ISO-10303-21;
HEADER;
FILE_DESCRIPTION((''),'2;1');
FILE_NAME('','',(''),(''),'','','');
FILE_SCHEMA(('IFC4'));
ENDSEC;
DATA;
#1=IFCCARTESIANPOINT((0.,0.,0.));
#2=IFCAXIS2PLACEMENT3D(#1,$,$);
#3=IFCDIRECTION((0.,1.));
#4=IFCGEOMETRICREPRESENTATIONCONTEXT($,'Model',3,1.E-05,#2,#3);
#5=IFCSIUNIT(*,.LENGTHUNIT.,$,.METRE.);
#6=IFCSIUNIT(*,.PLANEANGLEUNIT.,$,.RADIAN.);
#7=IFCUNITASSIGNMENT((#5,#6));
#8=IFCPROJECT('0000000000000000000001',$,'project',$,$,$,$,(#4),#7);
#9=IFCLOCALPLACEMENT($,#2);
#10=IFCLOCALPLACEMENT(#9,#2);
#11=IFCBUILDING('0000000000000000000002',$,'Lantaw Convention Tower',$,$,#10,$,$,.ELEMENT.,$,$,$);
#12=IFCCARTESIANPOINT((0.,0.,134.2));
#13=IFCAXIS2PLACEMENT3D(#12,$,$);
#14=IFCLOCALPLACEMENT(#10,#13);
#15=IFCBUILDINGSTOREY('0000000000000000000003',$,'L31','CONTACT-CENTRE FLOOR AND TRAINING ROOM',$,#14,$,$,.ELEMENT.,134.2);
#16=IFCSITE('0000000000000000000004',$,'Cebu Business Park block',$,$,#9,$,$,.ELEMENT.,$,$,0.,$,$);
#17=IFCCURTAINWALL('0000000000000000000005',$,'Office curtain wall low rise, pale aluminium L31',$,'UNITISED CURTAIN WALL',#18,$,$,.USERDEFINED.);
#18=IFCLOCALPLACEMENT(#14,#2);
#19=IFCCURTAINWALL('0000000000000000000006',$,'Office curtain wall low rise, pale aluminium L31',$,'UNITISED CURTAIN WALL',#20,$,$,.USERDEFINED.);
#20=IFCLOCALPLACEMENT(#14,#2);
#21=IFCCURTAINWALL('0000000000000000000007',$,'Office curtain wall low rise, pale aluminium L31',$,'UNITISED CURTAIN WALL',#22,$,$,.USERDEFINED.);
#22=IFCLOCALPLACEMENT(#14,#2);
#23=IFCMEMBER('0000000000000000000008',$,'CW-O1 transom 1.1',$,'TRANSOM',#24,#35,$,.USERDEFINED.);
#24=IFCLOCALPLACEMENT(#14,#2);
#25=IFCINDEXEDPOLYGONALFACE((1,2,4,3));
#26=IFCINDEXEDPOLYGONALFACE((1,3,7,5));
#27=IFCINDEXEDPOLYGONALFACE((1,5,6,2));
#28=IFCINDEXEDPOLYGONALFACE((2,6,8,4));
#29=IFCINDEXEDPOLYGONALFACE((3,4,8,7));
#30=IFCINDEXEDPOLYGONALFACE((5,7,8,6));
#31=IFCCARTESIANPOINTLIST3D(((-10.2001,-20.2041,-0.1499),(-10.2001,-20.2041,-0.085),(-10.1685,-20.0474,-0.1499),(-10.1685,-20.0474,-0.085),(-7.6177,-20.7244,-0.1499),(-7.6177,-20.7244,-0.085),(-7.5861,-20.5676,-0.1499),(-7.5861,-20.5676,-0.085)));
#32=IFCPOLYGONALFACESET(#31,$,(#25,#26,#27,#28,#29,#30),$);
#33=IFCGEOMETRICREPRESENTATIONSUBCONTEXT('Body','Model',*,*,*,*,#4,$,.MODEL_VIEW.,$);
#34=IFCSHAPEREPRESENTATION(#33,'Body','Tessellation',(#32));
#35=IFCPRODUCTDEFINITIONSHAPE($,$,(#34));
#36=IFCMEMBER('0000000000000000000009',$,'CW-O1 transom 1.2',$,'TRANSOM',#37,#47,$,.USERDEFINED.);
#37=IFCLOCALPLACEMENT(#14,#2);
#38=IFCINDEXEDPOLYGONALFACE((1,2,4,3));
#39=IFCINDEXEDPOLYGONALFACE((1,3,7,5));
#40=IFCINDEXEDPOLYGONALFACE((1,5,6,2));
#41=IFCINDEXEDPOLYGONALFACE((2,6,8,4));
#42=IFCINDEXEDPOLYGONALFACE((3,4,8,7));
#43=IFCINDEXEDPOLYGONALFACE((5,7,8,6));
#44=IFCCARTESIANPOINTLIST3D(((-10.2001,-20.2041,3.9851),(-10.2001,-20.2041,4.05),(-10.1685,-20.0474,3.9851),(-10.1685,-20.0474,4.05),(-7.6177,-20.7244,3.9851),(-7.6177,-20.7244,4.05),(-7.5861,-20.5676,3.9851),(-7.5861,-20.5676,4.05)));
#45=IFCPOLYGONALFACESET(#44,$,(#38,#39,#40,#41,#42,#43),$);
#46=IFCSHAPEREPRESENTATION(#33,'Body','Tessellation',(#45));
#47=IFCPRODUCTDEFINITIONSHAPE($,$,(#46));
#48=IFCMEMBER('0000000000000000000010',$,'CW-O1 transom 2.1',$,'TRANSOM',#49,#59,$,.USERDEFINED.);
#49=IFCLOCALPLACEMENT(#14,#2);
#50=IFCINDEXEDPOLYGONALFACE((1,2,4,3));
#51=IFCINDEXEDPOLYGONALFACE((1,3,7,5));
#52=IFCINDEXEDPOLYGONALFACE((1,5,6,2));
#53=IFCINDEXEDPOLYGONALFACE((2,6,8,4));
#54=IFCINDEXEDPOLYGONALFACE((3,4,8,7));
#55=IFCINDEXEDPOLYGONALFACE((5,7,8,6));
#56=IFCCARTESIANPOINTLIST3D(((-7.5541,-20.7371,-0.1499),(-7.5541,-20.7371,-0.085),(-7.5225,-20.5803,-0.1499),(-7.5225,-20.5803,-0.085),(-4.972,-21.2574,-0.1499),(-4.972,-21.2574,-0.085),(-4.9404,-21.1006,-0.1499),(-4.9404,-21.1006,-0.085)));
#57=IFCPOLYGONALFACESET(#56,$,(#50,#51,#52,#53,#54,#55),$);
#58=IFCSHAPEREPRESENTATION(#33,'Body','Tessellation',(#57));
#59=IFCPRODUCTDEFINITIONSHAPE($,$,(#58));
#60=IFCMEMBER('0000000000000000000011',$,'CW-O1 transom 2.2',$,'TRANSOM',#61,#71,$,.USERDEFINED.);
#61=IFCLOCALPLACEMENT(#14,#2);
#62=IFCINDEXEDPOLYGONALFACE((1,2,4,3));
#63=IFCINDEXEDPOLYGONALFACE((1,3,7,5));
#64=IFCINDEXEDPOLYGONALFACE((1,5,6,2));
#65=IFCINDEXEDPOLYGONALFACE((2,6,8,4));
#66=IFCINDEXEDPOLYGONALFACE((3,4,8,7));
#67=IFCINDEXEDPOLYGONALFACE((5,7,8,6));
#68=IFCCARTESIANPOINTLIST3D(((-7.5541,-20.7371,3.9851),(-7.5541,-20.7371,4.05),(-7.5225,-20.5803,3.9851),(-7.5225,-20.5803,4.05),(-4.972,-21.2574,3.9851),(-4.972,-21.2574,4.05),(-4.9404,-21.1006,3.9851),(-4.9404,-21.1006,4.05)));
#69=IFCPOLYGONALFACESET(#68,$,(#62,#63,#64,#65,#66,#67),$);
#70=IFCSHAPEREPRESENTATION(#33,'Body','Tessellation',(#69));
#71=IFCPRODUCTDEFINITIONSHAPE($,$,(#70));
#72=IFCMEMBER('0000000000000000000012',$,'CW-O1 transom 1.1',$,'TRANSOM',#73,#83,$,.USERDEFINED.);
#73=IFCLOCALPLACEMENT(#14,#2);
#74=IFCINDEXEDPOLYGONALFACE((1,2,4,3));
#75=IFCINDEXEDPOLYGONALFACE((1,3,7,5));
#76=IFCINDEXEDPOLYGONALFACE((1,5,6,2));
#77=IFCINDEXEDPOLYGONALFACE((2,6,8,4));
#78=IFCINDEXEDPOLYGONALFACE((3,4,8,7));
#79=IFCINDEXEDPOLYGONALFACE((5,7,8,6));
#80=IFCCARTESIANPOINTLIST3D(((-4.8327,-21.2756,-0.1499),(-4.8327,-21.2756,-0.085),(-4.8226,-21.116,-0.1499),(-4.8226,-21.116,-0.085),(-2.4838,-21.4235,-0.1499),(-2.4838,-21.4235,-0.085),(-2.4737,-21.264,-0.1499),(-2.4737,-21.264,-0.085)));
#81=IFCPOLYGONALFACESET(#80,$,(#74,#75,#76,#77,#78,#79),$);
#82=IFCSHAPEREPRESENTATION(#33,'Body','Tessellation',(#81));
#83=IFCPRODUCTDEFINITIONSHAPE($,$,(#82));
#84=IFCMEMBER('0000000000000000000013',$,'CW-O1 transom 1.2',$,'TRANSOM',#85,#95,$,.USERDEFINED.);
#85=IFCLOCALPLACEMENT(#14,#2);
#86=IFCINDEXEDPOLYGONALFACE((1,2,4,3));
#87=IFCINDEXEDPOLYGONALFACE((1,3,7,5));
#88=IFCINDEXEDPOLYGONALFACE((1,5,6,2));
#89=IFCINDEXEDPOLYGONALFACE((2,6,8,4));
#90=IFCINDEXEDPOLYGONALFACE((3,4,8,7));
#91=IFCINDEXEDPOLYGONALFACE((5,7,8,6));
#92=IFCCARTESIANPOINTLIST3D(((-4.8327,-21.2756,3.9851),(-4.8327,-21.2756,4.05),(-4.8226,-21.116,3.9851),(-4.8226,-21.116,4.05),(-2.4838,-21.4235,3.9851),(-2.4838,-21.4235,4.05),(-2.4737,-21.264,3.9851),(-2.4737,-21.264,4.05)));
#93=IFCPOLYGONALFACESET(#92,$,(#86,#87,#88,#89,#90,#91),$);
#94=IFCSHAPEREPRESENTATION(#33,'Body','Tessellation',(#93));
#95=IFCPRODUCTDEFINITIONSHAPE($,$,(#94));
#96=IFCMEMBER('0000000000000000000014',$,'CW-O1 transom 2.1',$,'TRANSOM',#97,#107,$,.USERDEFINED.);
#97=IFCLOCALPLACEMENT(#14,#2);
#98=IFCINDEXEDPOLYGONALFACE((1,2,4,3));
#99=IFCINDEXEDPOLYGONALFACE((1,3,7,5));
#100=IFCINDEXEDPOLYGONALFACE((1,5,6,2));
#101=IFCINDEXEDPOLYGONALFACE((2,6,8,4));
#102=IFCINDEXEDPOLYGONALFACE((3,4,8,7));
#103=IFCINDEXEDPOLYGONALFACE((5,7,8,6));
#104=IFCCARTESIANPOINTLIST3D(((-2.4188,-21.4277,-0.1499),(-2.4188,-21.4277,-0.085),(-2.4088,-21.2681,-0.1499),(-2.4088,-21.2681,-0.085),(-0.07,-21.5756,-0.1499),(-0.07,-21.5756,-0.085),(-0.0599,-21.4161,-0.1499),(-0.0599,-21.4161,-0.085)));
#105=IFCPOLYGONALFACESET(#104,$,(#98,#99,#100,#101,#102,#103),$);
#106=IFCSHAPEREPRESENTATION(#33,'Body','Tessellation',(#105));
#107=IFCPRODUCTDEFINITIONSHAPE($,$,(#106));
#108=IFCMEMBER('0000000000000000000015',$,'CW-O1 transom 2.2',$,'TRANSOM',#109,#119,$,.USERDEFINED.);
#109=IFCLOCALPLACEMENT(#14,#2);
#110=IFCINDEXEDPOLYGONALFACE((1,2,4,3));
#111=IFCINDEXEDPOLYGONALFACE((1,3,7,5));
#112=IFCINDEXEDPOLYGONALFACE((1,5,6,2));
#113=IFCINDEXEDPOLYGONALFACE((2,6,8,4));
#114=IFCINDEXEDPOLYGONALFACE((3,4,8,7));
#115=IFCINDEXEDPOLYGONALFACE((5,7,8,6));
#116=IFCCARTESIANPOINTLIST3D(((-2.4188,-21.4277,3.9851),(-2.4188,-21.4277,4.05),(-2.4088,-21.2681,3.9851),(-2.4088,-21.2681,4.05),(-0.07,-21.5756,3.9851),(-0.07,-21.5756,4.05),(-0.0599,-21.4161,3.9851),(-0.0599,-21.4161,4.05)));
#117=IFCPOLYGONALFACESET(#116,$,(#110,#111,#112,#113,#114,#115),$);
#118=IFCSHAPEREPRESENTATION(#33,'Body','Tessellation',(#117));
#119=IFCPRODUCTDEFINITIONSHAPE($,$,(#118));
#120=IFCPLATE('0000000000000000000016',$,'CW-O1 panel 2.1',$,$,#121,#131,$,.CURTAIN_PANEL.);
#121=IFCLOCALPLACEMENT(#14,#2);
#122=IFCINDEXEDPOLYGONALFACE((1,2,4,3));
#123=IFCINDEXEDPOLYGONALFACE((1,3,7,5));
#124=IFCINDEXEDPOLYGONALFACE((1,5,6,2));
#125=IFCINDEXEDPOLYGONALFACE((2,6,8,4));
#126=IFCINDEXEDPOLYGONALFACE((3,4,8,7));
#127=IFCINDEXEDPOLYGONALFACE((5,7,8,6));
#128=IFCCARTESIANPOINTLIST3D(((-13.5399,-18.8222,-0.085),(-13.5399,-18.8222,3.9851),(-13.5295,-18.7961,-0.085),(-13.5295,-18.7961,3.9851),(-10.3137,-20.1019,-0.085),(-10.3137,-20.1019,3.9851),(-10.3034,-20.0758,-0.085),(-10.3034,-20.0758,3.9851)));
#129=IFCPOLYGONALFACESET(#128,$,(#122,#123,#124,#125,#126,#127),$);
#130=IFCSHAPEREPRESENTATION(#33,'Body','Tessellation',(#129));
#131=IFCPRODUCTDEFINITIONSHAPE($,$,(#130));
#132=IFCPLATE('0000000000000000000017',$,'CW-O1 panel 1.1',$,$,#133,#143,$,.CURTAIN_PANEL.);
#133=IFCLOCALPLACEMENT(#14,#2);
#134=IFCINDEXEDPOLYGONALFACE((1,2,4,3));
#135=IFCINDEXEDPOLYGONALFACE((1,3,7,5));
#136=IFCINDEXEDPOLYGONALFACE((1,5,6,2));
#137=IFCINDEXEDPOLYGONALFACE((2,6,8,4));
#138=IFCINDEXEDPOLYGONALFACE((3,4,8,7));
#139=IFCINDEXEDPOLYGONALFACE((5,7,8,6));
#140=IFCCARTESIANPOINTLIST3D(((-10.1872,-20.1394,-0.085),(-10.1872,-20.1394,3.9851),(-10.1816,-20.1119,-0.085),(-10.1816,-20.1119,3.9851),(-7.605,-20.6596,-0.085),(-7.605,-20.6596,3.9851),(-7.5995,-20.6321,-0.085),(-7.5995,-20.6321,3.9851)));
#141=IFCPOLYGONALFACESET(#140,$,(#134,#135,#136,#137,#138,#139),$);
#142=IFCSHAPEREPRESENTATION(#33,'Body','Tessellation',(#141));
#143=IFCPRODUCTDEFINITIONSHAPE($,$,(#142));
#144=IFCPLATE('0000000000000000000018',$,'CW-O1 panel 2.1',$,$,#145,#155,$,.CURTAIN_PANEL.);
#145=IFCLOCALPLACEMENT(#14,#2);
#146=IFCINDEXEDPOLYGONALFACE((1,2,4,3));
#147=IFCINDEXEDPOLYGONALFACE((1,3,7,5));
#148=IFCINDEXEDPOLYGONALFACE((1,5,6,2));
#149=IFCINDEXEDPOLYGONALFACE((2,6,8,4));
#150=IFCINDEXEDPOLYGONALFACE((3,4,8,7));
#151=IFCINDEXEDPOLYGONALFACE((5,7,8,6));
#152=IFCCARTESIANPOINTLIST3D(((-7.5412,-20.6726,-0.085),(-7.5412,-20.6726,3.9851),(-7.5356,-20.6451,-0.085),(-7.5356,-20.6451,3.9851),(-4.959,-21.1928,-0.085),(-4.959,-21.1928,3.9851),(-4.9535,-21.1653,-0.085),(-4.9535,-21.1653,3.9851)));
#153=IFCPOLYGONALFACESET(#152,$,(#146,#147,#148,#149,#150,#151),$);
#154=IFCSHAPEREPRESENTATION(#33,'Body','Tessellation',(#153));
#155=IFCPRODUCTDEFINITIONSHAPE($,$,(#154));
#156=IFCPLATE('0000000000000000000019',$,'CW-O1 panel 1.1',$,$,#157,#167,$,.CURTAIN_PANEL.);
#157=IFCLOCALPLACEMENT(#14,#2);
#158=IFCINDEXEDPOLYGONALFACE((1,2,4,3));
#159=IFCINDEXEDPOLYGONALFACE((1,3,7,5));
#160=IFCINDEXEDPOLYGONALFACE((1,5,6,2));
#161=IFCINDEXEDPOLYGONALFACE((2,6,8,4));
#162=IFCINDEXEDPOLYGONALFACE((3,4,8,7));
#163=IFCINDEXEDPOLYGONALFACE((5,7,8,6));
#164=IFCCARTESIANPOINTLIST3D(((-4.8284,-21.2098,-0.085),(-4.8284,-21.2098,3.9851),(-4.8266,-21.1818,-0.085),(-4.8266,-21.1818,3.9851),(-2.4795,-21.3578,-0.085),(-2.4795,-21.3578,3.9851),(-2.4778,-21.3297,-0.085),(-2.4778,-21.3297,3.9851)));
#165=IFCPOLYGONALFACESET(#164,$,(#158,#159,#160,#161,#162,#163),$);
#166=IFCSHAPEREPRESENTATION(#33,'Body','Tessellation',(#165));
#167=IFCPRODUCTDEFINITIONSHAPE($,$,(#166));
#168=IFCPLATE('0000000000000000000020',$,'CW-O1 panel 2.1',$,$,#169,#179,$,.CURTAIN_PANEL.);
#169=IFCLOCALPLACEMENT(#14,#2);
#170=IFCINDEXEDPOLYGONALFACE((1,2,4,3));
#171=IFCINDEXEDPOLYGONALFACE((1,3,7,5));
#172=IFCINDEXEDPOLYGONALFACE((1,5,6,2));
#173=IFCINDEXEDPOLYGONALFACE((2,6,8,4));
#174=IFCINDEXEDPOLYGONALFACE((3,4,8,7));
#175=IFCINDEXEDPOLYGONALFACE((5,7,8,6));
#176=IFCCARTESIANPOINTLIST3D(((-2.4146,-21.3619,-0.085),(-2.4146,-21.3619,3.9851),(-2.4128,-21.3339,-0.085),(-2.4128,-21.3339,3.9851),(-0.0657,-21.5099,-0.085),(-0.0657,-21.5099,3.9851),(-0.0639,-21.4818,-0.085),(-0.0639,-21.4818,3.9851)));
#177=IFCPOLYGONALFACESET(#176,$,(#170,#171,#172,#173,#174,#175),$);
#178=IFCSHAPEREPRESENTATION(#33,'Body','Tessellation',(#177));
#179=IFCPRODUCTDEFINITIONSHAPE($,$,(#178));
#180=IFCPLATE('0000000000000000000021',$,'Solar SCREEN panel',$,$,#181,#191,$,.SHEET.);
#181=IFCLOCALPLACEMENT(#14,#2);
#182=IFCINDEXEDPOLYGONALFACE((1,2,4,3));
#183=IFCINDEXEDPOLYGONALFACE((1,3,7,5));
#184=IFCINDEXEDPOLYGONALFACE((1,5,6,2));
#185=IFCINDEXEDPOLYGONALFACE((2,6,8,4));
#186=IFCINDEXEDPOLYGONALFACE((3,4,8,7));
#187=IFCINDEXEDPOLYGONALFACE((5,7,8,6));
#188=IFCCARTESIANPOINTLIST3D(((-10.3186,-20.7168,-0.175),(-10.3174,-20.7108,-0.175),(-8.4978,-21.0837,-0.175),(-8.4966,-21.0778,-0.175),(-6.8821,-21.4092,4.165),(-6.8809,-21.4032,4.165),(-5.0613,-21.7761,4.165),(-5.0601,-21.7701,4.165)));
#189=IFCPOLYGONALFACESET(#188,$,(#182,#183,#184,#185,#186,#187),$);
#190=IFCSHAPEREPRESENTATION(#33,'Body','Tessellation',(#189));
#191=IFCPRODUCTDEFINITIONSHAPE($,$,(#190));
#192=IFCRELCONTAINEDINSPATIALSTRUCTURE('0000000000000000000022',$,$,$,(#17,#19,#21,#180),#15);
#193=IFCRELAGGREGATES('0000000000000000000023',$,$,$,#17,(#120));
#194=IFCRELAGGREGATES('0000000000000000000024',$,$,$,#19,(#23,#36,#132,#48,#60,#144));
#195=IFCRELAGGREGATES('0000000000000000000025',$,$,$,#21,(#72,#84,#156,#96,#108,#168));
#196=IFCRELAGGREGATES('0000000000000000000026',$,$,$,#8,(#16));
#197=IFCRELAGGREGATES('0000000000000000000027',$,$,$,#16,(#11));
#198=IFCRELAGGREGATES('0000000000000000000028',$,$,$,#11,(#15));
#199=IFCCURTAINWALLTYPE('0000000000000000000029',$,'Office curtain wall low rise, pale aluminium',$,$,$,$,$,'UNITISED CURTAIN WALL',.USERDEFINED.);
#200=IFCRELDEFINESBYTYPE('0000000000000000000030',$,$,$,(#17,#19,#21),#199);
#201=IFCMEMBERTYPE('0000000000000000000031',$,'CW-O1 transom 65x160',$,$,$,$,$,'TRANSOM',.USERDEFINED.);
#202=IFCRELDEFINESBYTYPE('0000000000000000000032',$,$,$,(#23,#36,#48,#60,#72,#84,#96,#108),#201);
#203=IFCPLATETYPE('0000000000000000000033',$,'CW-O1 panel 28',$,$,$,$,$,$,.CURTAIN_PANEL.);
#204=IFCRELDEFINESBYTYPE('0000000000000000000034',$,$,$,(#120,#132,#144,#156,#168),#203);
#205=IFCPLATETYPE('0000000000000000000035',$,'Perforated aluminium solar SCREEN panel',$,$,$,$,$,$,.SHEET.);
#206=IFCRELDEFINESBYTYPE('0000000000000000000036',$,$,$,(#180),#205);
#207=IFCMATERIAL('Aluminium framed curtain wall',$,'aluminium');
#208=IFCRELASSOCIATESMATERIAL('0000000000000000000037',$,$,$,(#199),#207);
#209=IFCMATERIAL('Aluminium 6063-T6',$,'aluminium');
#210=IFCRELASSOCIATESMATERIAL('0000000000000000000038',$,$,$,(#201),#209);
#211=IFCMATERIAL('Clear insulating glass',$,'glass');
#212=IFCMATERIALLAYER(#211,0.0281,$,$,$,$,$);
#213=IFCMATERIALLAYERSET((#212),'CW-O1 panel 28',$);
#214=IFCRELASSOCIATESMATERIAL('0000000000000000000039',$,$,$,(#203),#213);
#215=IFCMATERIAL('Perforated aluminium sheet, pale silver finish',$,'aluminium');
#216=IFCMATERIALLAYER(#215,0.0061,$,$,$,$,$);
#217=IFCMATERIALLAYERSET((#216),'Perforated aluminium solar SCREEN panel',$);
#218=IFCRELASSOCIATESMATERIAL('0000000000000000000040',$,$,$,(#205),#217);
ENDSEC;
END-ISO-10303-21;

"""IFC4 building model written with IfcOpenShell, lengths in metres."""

from ifc_helpers import new_model, si_unit, direction, frame, origin, origin_2d, place, context, subcontext, project, spatial, polyline, rectangle, outline, extrude, material, layer, layer_set, material_profile, profile_set, type_object, element, aggregate, save


model = new_model("IFC4")

# Units and contexts
model_context = context("Model", 3, precision=1e-05, world=origin(), true_north=direction((0.0, 1.0)))
body_context = subcontext(model_context, "Body", "Model", "MODEL_VIEW")
ifc_project = project(units=[si_unit("LENGTHUNIT", "METRE"), si_unit("PLANEANGLEUNIT", "RADIAN")], contexts=[model_context])

# Site, building, storey
site_placement = place(None, origin())
site = spatial("IfcSite", under=ifc_project, at=site_placement, Name="Cebu Business Park block", CompositionType="ELEMENT", RefElevation=0.0)
building_placement = place(site_placement, origin())
building = spatial("IfcBuilding", under=site, at=building_placement, Name="Lantaw Convention Tower", CompositionType="ELEMENT")
storey_placement = place(building_placement, frame((0.0, 0.0, 134.2)))
storey = spatial("IfcBuildingStorey", under=building, at=storey_placement, Name="L31", Description="CONTACT-CENTRE FLOOR AND TRAINING ROOM", CompositionType="ELEMENT", Elevation=134.2)

# Curtain wall
ifc_material_1 = material(Name="Aluminium framed curtain wall", Category="aluminium")
curtain_wall_type = type_object("IfcCurtainWallType", Name="Office curtain wall low rise, pale aluminium", ElementType="UNITISED CURTAIN WALL", PredefinedType="USERDEFINED", material=ifc_material_1)
curtain_wall_1_placement = place(storey_placement, origin())
curtain_wall_1 = element("IfcCurtainWall", 1, at=curtain_wall_1_placement, inside=storey, type_object=curtain_wall_type, Name="Office curtain wall low rise, pale aluminium L31", ObjectType="UNITISED CURTAIN WALL", PredefinedType="USERDEFINED")
ifc_material_2 = material(Name="Aluminium 6063-T6", Category="aluminium")

# Curtain walls
curtain_wall_2_placement = place(storey_placement, origin())
curtain_wall_2 = element("IfcCurtainWall", 2, at=curtain_wall_2_placement, inside=storey, type_object=curtain_wall_type, Name="Office curtain wall low rise, pale aluminium L31", ObjectType="UNITISED CURTAIN WALL", PredefinedType="USERDEFINED")
curtain_wall_3_placement = place(storey_placement, origin())
curtain_wall_3 = element("IfcCurtainWall", 3, at=curtain_wall_3_placement, inside=storey, type_object=curtain_wall_type, Name="Office curtain wall low rise, pale aluminium L31", ObjectType="UNITISED CURTAIN WALL", PredefinedType="USERDEFINED")

# Members
ifc_material_profile_1 = material_profile(ifc_material_2, rectangle(XDim=0.1599, YDim=0.0649, at=origin_2d()), Name="CW-O1 transom 65x160")
ifc_profile_set_1 = profile_set([ifc_material_profile_1], Name="Aluminium 6063-T6")
member_type_1 = type_object("IfcMemberType", Name="CW-O1 transom 65x160", ElementType="TRANSOM", PredefinedType="USERDEFINED", material=ifc_profile_set_1)
member_1_placement = place(storey_placement, frame((-10.1843, -20.1257, -0.1174), z_axis=(0.980302, -0.197506, 0.0), x_axis=(0.197506, 0.980302, 0.0)))
member_1 = element("IfcMember", 4, at=member_1_placement, type_object=member_type_1, Name="CW-O1 transom 1.1", ObjectType="TRANSOM", PredefinedType="USERDEFINED", context=body_context, shape_type="SweptSolid", body=[
    extrude(rectangle(XDim=0.1599, YDim=0.0649, at=origin_2d()), origin(), (0.0, 0.0, 1.0), 2.6343),
])
member_2_placement = place(storey_placement, frame((-10.1843, -20.1257, 4.0176), z_axis=(0.980302, -0.197506, 0.0), x_axis=(0.197506, 0.980302, 0.0)))
member_2 = element("IfcMember", 5, at=member_2_placement, type_object=member_type_1, Name="CW-O1 transom 1.2", ObjectType="TRANSOM", PredefinedType="USERDEFINED", context=body_context, shape_type="SweptSolid", body=[
    extrude(rectangle(XDim=0.1599, YDim=0.0649, at=origin_2d()), origin(), (0.0, 0.0, 1.0), 2.6343),
])
member_3_placement = place(storey_placement, frame((-7.5383, -20.6587, -0.1174), z_axis=(0.980298, -0.197524, 0.0), x_axis=(0.197524, 0.980298, 0.0)))
member_3 = element("IfcMember", 6, at=member_3_placement, type_object=member_type_1, Name="CW-O1 transom 2.1", ObjectType="TRANSOM", PredefinedType="USERDEFINED", context=body_context, shape_type="SweptSolid", body=[
    extrude(rectangle(XDim=0.1599, YDim=0.0649, at=origin_2d()), origin(), (0.0, 0.0, 1.0), 2.634),
])
member_4_placement = place(storey_placement, frame((-7.5383, -20.6587, 4.0176), z_axis=(0.980298, -0.197524, 0.0), x_axis=(0.197524, 0.980298, 0.0)))
member_4 = element("IfcMember", 7, at=member_4_placement, type_object=member_type_1, Name="CW-O1 transom 2.2", ObjectType="TRANSOM", PredefinedType="USERDEFINED", context=body_context, shape_type="SweptSolid", body=[
    extrude(rectangle(XDim=0.1599, YDim=0.0649, at=origin_2d()), origin(), (0.0, 0.0, 1.0), 2.634),
])
member_5_placement = place(storey_placement, frame((-4.8276, -21.1958, -0.1174), z_axis=(0.998022, -0.062863, 0.0), x_axis=(0.062863, 0.998022, 0.0)))
member_5 = element("IfcMember", 8, at=member_5_placement, type_object=member_type_1, Name="CW-O1 transom 1.1", ObjectType="TRANSOM", PredefinedType="USERDEFINED", context=body_context, shape_type="SweptSolid", body=[
    extrude(rectangle(XDim=0.1599, YDim=0.0649, at=origin_2d()), origin(), (0.0, 0.0, 1.0), 2.3535),
])
member_6_placement = place(storey_placement, frame((-4.8276, -21.1958, 4.0176), z_axis=(0.998022, -0.062863, 0.0), x_axis=(0.062863, 0.998022, 0.0)))
member_6 = element("IfcMember", 9, at=member_6_placement, type_object=member_type_1, Name="CW-O1 transom 1.2", ObjectType="TRANSOM", PredefinedType="USERDEFINED", context=body_context, shape_type="SweptSolid", body=[
    extrude(rectangle(XDim=0.1599, YDim=0.0649, at=origin_2d()), origin(), (0.0, 0.0, 1.0), 2.3535),
])
member_7_placement = place(storey_placement, frame((-2.4138, -21.3479, -0.1174), z_axis=(0.998022, -0.062863, 0.0), x_axis=(0.062863, 0.998022, 0.0)))
member_7 = element("IfcMember", 10, at=member_7_placement, type_object=member_type_1, Name="CW-O1 transom 2.1", ObjectType="TRANSOM", PredefinedType="USERDEFINED", context=body_context, shape_type="SweptSolid", body=[
    extrude(rectangle(XDim=0.1599, YDim=0.0649, at=origin_2d()), origin(), (0.0, 0.0, 1.0), 2.3535),
])
member_8_placement = place(storey_placement, frame((-2.4138, -21.3479, 4.0176), z_axis=(0.998022, -0.062863, 0.0), x_axis=(0.062863, 0.998022, 0.0)))
member_8 = element("IfcMember", 11, at=member_8_placement, type_object=member_type_1, Name="CW-O1 transom 2.2", ObjectType="TRANSOM", PredefinedType="USERDEFINED", context=body_context, shape_type="SweptSolid", body=[
    extrude(rectangle(XDim=0.1599, YDim=0.0649, at=origin_2d()), origin(), (0.0, 0.0, 1.0), 2.3535),
])

# Plates
ifc_material_3 = material(Name="Clear insulating glass", Category="glass")
ifc_layer_1 = layer(ifc_material_3, 0.0281)
ifc_layer_set_1 = layer_set([ifc_layer_1], Name="CW-O1 panel 28")
plate_type_1 = type_object("IfcPlateType", Name="CW-O1 panel 28", PredefinedType="CURTAIN_PANEL", material=ifc_layer_set_1)
plate_1_placement = place(storey_placement, frame((-11.9216, -19.449, -0.085), z_axis=(0.0, 0.0, 1.0), x_axis=(0.929548, -0.368702, 0.0)))
plate_1 = element("IfcPlate", 12, at=plate_1_placement, type_object=plate_type_1, Name="CW-O1 panel 2.1", PredefinedType="CURTAIN_PANEL", context=body_context, shape_type="SweptSolid", body=[
    extrude(rectangle(XDim=3.4707, YDim=0.0281, at=origin_2d()), origin(), (0.0, 0.0, 1.0), 4.0701),
])
aggregate(curtain_wall_1, [plate_1])
plate_2_placement = place(storey_placement, frame((-8.8933, -20.3857, -0.085), z_axis=(0.0, 0.0, 1.0), x_axis=(0.980302, -0.197507, 0.0)))
plate_2 = element("IfcPlate", 13, at=plate_2_placement, type_object=plate_type_1, Name="CW-O1 panel 1.1", PredefinedType="CURTAIN_PANEL", context=body_context, shape_type="SweptSolid", body=[
    extrude(rectangle(XDim=2.634, YDim=0.0281, at=origin_2d()), origin(), (0.0, 0.0, 1.0), 4.0701),
])
plate_3_placement = place(storey_placement, frame((-6.2473, -20.9189, -0.085), z_axis=(0.0, 0.0, 1.0), x_axis=(0.980302, -0.197507, 0.0)))
plate_3 = element("IfcPlate", 14, at=plate_3_placement, type_object=plate_type_1, Name="CW-O1 panel 2.1", PredefinedType="CURTAIN_PANEL", context=body_context, shape_type="SweptSolid", body=[
    extrude(rectangle(XDim=2.634, YDim=0.0281, at=origin_2d()), origin(), (0.0, 0.0, 1.0), 4.0701),
])
aggregate(curtain_wall_2, [member_1, member_2, plate_2, member_3, member_4, plate_3])
plate_4_placement = place(storey_placement, frame((-3.6531, -21.2698, -0.085), z_axis=(0.0, 0.0, 1.0), x_axis=(0.998022, -0.062865, 0.0)))
plate_4 = element("IfcPlate", 15, at=plate_4_placement, type_object=plate_type_1, Name="CW-O1 panel 1.1", PredefinedType="CURTAIN_PANEL", context=body_context, shape_type="SweptSolid", body=[
    extrude(rectangle(XDim=2.3535, YDim=0.0281, at=origin_2d()), origin(), (0.0, 0.0, 1.0), 4.0701),
])
plate_5_placement = place(storey_placement, frame((-1.2393, -21.4219, -0.085), z_axis=(0.0, 0.0, 1.0), x_axis=(0.998022, -0.062865, 0.0)))
plate_5 = element("IfcPlate", 16, at=plate_5_placement, type_object=plate_type_1, Name="CW-O1 panel 2.1", PredefinedType="CURTAIN_PANEL", context=body_context, shape_type="SweptSolid", body=[
    extrude(rectangle(XDim=2.3535, YDim=0.0281, at=origin_2d()), origin(), (0.0, 0.0, 1.0), 4.0701),
])
aggregate(curtain_wall_3, [member_5, member_6, plate_4, member_7, member_8, plate_5])

# Plate
ifc_material_4 = material(Name="Perforated aluminium sheet, pale silver finish", Category="aluminium")
ifc_layer_2 = layer(ifc_material_4, 0.0061)
ifc_layer_set_2 = layer_set([ifc_layer_2], Name="Perforated aluminium solar SCREEN panel")
plate_type_2 = type_object("IfcPlateType", Name="Perforated aluminium solar SCREEN panel", PredefinedType="SHEET", material=ifc_layer_set_2)
plate_6_placement = place(storey_placement, frame((-10.3186, -20.7168, -0.175), z_axis=(-0.197557, -0.980291, 0.000039), x_axis=(0.980291, -0.197557, 0.0)))
element("IfcPlate", 17, at=plate_6_placement, inside=storey, type_object=plate_type_2, Name="Solar SCREEN panel", PredefinedType="SHEET", context=body_context, shape_type="SweptSolid", body=[
    extrude(outline(polyline([(0.0, 0.0), (1.8574, 0.0), (5.363, 4.3401), (3.5056, 4.3401), (0.0, 0.0)])), origin(), (0.0, 0.0, -1.0), 0.0061),
])

save(model, "model.ifc")
